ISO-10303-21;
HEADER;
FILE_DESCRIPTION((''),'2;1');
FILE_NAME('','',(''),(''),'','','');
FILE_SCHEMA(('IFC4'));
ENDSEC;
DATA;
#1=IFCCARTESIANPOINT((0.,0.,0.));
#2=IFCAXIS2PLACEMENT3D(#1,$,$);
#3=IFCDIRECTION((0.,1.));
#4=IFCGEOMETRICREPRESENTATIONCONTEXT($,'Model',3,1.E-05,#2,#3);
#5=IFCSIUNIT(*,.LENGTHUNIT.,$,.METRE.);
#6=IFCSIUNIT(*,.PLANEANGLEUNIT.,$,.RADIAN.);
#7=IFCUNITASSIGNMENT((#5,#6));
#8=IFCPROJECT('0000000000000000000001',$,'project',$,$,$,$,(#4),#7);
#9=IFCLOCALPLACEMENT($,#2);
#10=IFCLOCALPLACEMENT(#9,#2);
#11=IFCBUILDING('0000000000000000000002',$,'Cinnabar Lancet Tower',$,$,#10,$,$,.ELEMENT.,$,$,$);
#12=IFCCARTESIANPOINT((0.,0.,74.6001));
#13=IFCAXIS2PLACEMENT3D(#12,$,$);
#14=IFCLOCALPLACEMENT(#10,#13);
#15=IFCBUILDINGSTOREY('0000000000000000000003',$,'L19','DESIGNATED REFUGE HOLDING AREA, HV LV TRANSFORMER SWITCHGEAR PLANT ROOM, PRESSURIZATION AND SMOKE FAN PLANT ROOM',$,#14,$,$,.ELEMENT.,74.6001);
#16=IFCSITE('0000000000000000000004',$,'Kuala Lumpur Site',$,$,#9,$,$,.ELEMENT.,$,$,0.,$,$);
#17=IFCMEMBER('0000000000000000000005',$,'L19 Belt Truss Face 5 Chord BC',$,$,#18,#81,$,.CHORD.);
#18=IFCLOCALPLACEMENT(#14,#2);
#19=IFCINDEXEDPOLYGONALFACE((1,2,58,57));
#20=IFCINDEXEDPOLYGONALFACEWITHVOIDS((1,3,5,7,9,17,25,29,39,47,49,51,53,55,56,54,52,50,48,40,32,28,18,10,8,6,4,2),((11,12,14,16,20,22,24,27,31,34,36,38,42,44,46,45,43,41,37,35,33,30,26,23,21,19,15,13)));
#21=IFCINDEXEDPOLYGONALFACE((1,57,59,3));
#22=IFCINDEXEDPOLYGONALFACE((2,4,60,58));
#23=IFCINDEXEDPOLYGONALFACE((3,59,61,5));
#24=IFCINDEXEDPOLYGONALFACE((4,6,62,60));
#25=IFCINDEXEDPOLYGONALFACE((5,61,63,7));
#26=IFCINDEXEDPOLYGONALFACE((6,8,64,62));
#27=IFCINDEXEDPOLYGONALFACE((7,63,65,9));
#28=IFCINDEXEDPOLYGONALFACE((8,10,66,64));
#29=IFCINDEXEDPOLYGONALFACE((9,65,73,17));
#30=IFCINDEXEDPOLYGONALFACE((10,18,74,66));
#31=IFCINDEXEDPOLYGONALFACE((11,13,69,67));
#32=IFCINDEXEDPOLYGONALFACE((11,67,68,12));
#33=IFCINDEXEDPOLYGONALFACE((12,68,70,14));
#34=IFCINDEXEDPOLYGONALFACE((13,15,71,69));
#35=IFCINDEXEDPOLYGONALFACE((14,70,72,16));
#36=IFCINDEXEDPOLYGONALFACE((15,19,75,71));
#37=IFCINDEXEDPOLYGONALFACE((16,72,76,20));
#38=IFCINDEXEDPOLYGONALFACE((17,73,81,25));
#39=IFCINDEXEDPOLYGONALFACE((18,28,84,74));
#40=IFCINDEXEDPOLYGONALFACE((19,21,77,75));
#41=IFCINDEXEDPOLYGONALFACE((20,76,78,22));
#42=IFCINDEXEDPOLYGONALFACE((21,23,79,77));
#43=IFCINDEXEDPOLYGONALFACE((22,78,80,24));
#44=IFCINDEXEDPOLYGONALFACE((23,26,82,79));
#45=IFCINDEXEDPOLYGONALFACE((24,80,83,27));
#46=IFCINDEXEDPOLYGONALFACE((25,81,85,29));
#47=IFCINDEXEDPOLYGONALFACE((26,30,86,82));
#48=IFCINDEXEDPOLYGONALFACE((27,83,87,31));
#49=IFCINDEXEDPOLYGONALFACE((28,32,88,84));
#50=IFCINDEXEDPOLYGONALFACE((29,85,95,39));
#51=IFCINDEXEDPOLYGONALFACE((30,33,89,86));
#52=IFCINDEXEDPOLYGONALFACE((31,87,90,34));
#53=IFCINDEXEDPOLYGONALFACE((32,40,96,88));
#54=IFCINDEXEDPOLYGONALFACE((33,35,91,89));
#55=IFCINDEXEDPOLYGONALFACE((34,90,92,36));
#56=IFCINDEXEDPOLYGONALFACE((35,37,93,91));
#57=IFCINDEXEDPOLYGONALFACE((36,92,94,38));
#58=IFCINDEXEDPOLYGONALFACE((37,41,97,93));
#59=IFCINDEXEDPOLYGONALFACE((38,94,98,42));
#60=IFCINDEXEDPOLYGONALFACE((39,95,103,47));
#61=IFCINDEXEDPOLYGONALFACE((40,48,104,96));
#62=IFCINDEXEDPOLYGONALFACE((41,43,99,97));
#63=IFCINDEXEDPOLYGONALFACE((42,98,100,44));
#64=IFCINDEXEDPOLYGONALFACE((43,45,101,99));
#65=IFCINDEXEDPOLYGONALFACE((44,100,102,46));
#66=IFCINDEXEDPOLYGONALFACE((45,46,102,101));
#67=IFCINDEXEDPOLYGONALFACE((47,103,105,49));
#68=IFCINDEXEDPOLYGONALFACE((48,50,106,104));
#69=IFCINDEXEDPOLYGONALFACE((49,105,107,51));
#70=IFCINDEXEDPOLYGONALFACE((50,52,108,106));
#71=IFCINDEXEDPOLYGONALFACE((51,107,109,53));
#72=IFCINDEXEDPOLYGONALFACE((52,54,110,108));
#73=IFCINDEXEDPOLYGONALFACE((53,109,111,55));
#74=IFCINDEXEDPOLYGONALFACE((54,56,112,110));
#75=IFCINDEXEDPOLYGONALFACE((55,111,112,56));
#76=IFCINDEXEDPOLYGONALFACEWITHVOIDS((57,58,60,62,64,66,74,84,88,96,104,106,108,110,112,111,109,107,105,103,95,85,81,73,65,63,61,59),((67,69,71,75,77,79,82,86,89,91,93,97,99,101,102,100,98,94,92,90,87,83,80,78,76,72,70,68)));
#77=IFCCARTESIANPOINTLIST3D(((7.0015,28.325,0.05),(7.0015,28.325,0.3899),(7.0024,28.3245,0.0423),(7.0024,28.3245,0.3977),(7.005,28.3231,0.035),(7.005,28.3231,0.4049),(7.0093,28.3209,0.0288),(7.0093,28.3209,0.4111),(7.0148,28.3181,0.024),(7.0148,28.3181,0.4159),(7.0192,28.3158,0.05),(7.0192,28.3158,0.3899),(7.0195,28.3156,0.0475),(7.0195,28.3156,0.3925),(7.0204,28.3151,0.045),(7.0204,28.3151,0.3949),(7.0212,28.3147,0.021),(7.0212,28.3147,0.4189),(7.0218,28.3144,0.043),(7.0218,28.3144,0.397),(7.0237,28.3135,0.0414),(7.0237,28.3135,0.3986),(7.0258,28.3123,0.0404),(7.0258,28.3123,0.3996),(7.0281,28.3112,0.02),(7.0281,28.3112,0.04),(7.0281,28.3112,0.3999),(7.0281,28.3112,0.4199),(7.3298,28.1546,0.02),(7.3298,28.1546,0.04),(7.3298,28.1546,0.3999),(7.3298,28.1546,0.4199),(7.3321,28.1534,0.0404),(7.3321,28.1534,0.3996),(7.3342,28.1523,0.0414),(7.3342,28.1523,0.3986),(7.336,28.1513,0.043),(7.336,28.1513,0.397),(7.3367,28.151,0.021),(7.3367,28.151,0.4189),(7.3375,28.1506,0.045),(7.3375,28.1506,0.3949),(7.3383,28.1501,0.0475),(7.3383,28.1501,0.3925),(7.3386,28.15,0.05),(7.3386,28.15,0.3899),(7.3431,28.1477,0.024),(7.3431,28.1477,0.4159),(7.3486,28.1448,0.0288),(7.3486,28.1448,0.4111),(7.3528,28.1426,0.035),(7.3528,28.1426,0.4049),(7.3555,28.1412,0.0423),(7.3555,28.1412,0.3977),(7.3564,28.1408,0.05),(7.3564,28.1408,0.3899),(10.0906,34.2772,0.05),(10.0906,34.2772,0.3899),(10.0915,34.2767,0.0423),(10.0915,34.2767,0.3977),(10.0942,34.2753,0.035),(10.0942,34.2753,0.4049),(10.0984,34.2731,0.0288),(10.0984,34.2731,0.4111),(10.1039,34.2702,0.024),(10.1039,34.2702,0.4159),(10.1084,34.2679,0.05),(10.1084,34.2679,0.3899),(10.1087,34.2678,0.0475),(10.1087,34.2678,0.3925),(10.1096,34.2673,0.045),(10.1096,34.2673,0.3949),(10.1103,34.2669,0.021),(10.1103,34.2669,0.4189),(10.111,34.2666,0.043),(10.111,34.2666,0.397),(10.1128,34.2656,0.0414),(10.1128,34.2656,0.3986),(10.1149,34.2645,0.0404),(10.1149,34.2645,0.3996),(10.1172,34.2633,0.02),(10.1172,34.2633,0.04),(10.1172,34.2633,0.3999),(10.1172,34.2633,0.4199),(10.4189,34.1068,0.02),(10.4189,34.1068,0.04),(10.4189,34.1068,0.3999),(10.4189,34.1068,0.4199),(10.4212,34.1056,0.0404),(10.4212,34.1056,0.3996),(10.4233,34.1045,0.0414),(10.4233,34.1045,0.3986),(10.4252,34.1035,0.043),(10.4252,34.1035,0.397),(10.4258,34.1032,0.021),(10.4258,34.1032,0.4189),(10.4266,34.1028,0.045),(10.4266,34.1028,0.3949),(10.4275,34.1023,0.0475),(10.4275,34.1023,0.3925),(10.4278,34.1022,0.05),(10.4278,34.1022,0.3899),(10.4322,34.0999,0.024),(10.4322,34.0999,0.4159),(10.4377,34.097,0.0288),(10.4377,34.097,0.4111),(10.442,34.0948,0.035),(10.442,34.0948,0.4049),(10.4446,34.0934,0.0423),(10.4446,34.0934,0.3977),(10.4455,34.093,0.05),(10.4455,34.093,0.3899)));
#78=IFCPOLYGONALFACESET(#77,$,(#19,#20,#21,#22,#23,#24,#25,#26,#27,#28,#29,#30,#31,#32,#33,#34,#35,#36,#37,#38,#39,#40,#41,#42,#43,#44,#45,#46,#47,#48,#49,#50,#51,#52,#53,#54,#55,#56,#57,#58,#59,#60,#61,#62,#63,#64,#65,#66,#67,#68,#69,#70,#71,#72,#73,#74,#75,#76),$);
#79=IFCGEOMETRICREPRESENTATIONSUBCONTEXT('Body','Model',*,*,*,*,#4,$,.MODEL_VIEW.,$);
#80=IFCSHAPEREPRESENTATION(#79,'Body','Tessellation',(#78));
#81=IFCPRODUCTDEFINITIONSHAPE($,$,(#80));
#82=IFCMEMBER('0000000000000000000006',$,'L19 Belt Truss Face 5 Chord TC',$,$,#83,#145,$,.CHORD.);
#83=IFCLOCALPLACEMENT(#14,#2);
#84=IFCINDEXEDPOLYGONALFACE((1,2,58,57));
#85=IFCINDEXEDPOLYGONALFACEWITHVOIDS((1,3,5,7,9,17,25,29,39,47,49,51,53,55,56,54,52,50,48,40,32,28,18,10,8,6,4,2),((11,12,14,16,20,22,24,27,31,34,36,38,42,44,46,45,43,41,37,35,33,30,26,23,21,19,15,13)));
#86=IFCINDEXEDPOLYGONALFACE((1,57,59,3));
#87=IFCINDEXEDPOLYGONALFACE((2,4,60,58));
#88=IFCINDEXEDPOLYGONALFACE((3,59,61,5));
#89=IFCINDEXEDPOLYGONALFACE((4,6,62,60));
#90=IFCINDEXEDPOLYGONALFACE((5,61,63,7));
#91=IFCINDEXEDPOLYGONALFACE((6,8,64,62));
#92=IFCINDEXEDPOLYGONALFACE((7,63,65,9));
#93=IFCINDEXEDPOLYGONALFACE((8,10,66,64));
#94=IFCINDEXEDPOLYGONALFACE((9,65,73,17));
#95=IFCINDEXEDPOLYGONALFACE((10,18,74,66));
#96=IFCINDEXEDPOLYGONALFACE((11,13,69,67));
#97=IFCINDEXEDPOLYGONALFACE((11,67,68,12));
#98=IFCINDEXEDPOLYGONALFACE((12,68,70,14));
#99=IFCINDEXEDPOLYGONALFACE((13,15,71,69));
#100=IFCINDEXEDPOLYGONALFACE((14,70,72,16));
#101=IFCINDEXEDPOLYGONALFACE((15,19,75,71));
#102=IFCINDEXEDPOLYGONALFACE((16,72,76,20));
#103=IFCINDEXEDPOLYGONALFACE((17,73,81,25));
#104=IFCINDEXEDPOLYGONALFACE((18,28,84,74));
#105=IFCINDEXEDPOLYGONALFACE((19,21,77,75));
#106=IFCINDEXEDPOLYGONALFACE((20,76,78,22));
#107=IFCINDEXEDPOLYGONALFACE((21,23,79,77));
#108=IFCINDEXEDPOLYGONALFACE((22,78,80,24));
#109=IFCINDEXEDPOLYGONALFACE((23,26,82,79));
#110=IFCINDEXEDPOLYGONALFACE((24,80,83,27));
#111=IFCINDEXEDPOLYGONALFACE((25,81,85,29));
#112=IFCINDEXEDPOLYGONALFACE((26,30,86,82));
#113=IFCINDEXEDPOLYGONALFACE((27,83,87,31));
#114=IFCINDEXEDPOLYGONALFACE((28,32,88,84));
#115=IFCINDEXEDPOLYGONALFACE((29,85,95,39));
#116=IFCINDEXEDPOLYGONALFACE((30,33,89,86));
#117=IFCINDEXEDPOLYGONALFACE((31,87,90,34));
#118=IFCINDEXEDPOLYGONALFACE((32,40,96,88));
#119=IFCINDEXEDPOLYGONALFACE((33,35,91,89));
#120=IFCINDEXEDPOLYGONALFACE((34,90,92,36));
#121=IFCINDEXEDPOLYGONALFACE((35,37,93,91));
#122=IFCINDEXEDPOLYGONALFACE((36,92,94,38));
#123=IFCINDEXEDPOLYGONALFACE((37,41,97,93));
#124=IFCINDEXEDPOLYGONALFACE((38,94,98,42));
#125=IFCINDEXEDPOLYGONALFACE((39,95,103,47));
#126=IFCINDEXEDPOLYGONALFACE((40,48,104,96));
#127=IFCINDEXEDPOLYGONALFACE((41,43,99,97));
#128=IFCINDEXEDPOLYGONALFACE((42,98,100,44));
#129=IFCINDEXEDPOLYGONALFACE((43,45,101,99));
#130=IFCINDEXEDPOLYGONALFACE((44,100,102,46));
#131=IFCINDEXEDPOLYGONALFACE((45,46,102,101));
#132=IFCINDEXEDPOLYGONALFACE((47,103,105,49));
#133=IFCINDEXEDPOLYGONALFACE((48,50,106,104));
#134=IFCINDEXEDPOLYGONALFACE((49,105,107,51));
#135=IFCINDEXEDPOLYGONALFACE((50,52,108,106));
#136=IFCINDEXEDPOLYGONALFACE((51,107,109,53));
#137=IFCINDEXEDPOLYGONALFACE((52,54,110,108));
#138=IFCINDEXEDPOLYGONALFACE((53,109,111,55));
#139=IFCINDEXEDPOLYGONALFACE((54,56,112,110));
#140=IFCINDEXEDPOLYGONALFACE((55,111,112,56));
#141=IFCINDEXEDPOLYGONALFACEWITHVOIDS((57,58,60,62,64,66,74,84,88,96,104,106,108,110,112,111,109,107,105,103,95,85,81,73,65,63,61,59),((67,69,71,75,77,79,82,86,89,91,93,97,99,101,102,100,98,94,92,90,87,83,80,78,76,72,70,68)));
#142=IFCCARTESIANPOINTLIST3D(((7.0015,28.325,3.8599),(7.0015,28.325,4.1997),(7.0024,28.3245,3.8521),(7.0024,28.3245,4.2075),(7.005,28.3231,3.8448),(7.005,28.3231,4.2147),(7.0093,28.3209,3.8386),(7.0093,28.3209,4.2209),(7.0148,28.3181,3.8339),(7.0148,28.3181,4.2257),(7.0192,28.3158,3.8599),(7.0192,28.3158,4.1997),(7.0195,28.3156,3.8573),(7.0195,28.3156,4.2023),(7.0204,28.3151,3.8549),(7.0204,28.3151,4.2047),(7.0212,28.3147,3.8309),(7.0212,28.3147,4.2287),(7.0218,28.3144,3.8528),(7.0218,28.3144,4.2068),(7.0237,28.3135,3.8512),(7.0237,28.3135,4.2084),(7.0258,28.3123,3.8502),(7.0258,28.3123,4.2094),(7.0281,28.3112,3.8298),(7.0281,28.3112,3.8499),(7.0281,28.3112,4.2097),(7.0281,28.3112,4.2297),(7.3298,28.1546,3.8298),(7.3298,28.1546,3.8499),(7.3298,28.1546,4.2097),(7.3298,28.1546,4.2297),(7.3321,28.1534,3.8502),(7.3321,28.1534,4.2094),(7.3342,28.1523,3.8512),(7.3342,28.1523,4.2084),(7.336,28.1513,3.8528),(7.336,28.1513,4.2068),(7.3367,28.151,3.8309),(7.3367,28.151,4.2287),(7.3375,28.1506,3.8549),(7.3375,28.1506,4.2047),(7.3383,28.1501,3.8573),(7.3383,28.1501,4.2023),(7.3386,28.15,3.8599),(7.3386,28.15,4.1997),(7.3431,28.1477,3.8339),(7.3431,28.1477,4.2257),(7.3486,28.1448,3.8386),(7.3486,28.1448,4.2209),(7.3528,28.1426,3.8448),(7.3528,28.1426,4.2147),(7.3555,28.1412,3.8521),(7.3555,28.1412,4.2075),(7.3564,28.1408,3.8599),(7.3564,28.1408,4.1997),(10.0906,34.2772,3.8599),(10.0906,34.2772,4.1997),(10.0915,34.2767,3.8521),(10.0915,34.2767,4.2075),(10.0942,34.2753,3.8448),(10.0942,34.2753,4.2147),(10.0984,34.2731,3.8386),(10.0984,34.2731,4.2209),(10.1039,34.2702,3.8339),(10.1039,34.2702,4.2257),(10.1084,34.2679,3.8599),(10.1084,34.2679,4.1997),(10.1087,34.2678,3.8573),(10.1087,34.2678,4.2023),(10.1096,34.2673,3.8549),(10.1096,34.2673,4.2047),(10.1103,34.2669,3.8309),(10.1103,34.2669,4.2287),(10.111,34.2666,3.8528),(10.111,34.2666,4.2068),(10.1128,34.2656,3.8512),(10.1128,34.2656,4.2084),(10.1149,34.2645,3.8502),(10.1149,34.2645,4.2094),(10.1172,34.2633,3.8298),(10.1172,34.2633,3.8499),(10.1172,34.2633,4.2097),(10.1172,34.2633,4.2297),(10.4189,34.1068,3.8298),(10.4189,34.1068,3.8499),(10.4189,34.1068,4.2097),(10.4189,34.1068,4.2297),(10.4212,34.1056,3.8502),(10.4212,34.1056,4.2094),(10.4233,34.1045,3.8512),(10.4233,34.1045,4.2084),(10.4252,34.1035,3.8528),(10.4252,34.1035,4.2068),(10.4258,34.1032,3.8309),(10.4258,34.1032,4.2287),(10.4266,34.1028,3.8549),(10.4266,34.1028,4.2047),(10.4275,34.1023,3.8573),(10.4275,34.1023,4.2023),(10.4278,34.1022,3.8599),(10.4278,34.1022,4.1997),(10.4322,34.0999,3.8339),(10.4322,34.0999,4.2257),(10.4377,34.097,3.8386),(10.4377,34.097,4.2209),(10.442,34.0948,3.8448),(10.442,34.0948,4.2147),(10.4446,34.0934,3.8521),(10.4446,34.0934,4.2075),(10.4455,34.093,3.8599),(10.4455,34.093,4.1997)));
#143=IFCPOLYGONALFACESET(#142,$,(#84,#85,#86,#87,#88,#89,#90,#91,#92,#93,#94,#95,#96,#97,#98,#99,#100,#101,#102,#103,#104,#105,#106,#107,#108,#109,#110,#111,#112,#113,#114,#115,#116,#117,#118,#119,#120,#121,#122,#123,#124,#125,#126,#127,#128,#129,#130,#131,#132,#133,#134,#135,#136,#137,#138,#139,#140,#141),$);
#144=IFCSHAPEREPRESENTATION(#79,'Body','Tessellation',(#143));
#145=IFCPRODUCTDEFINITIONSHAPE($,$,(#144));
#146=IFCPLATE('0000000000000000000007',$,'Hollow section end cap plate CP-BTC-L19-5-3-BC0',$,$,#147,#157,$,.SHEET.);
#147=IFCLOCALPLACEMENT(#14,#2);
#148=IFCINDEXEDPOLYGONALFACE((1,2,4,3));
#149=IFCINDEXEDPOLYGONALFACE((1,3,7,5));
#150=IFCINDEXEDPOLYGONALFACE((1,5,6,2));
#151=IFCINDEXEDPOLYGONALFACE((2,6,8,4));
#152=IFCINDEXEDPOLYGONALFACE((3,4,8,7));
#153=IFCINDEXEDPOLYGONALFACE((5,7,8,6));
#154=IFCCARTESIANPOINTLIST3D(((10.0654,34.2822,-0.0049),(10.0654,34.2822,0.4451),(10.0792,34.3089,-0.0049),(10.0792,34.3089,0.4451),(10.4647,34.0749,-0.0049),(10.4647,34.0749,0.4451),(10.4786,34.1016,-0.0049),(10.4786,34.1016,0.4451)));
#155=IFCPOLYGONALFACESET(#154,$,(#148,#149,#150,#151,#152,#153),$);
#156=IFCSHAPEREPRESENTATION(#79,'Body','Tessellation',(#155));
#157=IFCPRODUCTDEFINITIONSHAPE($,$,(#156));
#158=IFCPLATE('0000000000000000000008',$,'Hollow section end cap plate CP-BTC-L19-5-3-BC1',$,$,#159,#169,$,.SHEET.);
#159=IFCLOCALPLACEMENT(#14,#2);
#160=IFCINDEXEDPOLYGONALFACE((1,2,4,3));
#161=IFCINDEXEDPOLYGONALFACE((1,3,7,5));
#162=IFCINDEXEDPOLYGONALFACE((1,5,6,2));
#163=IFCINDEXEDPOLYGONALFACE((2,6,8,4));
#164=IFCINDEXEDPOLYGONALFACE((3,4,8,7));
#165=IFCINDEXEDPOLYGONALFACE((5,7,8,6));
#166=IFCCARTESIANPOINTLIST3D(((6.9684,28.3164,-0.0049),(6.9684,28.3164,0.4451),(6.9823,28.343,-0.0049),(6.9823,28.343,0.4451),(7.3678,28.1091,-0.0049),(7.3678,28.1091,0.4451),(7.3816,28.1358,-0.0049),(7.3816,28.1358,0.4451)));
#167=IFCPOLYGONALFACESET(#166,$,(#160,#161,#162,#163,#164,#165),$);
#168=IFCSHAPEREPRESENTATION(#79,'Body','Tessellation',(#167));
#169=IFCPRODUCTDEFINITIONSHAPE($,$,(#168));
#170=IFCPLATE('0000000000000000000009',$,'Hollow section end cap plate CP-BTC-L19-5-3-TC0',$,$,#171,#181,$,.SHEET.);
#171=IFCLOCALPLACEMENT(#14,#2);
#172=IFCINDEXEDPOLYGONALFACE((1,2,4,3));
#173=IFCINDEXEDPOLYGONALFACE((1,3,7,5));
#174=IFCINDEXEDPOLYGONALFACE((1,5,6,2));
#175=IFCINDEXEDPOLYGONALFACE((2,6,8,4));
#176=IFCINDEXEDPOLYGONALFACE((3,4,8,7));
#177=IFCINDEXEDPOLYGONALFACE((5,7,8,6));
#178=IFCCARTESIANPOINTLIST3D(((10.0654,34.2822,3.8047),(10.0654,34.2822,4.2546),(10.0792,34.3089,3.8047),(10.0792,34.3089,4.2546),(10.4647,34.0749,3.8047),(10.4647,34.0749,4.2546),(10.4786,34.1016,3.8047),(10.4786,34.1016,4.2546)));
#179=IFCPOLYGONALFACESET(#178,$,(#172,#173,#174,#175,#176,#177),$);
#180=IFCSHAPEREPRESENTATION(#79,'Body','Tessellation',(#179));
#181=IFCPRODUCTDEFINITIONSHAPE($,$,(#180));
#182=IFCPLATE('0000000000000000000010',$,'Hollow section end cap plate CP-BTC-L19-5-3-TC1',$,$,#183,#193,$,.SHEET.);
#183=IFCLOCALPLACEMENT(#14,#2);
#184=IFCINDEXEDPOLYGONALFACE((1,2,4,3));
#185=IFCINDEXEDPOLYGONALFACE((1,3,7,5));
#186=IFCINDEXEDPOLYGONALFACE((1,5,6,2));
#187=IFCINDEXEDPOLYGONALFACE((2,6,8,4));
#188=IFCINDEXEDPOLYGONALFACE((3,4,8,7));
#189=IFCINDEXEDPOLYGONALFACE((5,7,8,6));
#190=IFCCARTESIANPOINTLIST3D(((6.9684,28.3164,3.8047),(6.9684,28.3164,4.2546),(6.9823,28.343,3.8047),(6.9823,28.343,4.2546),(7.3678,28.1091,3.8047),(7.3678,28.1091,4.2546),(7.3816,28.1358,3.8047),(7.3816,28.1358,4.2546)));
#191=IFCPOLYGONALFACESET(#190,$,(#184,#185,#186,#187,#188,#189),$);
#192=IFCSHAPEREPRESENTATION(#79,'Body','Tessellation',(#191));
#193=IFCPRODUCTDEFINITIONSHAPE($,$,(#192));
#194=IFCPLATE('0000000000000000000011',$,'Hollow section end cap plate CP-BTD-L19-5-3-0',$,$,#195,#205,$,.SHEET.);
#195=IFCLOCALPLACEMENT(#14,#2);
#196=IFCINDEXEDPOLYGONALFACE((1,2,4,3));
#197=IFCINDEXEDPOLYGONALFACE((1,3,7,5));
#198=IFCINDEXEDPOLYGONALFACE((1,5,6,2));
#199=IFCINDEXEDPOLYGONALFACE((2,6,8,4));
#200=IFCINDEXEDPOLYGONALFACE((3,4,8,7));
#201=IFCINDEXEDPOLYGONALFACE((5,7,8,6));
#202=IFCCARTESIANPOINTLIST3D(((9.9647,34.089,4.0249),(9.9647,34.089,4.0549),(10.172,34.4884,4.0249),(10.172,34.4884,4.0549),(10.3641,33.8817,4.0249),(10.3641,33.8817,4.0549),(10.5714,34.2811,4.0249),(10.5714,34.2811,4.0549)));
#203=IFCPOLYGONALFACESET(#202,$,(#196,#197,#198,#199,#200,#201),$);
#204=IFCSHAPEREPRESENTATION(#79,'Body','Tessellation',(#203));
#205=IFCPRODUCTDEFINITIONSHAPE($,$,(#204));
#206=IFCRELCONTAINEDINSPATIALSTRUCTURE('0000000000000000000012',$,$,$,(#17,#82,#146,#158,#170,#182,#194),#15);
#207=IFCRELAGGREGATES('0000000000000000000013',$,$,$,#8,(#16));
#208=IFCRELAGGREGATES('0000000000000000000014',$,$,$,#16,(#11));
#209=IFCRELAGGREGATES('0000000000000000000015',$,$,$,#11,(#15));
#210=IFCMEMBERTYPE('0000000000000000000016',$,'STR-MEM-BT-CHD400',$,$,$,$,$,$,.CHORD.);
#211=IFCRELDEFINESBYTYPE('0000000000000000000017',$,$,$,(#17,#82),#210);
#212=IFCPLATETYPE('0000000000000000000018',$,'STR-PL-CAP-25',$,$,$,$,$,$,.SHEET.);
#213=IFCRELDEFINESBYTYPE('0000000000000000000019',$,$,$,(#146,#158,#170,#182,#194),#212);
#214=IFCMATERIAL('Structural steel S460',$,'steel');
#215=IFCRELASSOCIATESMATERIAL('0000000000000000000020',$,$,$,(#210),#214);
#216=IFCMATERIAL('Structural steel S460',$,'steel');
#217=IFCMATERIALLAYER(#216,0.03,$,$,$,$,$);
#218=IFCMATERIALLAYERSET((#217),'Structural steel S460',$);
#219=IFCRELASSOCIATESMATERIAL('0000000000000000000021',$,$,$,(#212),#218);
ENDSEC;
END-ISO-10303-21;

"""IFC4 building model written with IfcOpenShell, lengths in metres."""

from ifc_helpers import new_model, si_unit, direction, frame, origin, origin_2d, place, context, subcontext, project, spatial, rectangle, hollow_rectangle, extrude, material, layer, layer_set, material_profile, profile_set, type_object, element, save


model = new_model("IFC4")

# Units and contexts
model_context = context("Model", 3, precision=1e-05, world=origin(), true_north=direction((0.0, 1.0)))
body_context = subcontext(model_context, "Body", "Model", "MODEL_VIEW")
ifc_project = project(units=[si_unit("LENGTHUNIT", "METRE"), si_unit("PLANEANGLEUNIT", "RADIAN")], contexts=[model_context])

# Site, building, storey
site_placement = place(None, origin())
site = spatial("IfcSite", under=ifc_project, at=site_placement, Name="Kuala Lumpur Site", CompositionType="ELEMENT", RefElevation=0.0)
building_placement = place(site_placement, origin())
building = spatial("IfcBuilding", under=site, at=building_placement, Name="Cinnabar Lancet Tower", CompositionType="ELEMENT")
storey_placement = place(building_placement, frame((0.0, 0.0, 74.6001)))
storey = spatial("IfcBuildingStorey", under=building, at=storey_placement, Name="L19", Description="DESIGNATED REFUGE HOLDING AREA, HV LV TRANSFORMER SWITCHGEAR PLANT ROOM, PRESSURIZATION AND SMOKE FAN PLANT ROOM", CompositionType="ELEMENT", Elevation=74.6001)

# Members
ifc_material_1 = material(Name="Structural steel S460", Category="steel")
ifc_material_profile_1 = material_profile(ifc_material_1, hollow_rectangle(XDim=0.3999, YDim=0.3999, WallThickness=0.02, InnerFilletRadius=0.01, OuterFilletRadius=0.03, at=origin_2d()), Name="SHS 400x400x20")
ifc_profile_set_1 = profile_set([ifc_material_profile_1], Name="Structural steel S460")
member_type_1 = type_object("IfcMemberType", Name="STR-MEM-BT-CHD400", PredefinedType="CHORD", material=ifc_profile_set_1)
for number, where, z_axis, x_axis, name in (
    (1, (10.2681, 34.1851, 0.22), (-0.460648, -0.887583, 0.0), (0.887583, -0.460648, 0.0), "L19 Belt Truss Face 5 Chord BC"),
    (2, (10.2681, 34.1851, 4.0298), (-0.460648, -0.887583, 0.0), (0.887583, -0.460648, 0.0), "L19 Belt Truss Face 5 Chord TC"),
):
    element("IfcMember", number, at=place(storey_placement, frame(where, z_axis=z_axis, x_axis=x_axis)), inside=storey, type_object=member_type_1, Name=name, PredefinedType="CHORD", context=body_context, shape_type="SweptSolid", body=[
        extrude(hollow_rectangle(XDim=0.3999, YDim=0.3999, WallThickness=0.02, InnerFilletRadius=0.01, OuterFilletRadius=0.03, at=origin_2d()), origin(), (0.0, 0.0, 1.0), 6.7061),
    ])

# Plates
ifc_material_2 = material(Name="Structural steel S460", Category="steel")
ifc_layer_1 = layer(ifc_material_2, 0.03)
ifc_layer_set_1 = layer_set([ifc_layer_1], Name="Structural steel S460")
plate_type = type_object("IfcPlateType", Name="STR-PL-CAP-25", PredefinedType="SHEET", material=ifc_layer_set_1)
for number, where, z_axis, x_axis, name in (
    (3, (10.272, 34.1919, -0.0049), (0.0, 0.0, 1.0), (0.460649, 0.887582, 0.0), "Hollow section end cap plate CP-BTC-L19-5-3-BC0"),
    (4, (7.175, 28.2261, -0.0049), (0.0, 0.0, 1.0), (-0.460649, -0.887582, 0.0), "Hollow section end cap plate CP-BTC-L19-5-3-BC1"),
    (5, (10.272, 34.1919, 3.8047), (0.0, 0.0, 1.0), (0.460649, 0.887582, 0.0), "Hollow section end cap plate CP-BTC-L19-5-3-TC0"),
    (6, (7.175, 28.2261, 3.8047), (0.0, 0.0, 1.0), (-0.460649, -0.887582, 0.0), "Hollow section end cap plate CP-BTC-L19-5-3-TC1"),
):
    element("IfcPlate", number, at=place(storey_placement, frame(where, z_axis=z_axis, x_axis=x_axis)), inside=storey, type_object=plate_type, Name=name, PredefinedType="SHEET", context=body_context, shape_type="SweptSolid", body=[
        extrude(rectangle(XDim=0.03, YDim=0.45, at=origin_2d()), origin(), (0.0, 0.0, 1.0), 0.45),
    ])
for number, where, z_axis, x_axis, name in (
    (7, (10.2681, 34.1851, 4.0249), (0.0, 0.0, 1.0), (0.460649, 0.887582, 0.0), "Hollow section end cap plate CP-BTD-L19-5-3-0"),
):
    element("IfcPlate", number, at=place(storey_placement, frame(where, z_axis=z_axis, x_axis=x_axis)), inside=storey, type_object=plate_type, Name=name, PredefinedType="SHEET", context=body_context, shape_type="SweptSolid", body=[
        extrude(rectangle(XDim=0.45, YDim=0.45, at=origin_2d()), origin(), (0.0, 0.0, 1.0), 0.03),
    ])

save(model, "model.ifc")
